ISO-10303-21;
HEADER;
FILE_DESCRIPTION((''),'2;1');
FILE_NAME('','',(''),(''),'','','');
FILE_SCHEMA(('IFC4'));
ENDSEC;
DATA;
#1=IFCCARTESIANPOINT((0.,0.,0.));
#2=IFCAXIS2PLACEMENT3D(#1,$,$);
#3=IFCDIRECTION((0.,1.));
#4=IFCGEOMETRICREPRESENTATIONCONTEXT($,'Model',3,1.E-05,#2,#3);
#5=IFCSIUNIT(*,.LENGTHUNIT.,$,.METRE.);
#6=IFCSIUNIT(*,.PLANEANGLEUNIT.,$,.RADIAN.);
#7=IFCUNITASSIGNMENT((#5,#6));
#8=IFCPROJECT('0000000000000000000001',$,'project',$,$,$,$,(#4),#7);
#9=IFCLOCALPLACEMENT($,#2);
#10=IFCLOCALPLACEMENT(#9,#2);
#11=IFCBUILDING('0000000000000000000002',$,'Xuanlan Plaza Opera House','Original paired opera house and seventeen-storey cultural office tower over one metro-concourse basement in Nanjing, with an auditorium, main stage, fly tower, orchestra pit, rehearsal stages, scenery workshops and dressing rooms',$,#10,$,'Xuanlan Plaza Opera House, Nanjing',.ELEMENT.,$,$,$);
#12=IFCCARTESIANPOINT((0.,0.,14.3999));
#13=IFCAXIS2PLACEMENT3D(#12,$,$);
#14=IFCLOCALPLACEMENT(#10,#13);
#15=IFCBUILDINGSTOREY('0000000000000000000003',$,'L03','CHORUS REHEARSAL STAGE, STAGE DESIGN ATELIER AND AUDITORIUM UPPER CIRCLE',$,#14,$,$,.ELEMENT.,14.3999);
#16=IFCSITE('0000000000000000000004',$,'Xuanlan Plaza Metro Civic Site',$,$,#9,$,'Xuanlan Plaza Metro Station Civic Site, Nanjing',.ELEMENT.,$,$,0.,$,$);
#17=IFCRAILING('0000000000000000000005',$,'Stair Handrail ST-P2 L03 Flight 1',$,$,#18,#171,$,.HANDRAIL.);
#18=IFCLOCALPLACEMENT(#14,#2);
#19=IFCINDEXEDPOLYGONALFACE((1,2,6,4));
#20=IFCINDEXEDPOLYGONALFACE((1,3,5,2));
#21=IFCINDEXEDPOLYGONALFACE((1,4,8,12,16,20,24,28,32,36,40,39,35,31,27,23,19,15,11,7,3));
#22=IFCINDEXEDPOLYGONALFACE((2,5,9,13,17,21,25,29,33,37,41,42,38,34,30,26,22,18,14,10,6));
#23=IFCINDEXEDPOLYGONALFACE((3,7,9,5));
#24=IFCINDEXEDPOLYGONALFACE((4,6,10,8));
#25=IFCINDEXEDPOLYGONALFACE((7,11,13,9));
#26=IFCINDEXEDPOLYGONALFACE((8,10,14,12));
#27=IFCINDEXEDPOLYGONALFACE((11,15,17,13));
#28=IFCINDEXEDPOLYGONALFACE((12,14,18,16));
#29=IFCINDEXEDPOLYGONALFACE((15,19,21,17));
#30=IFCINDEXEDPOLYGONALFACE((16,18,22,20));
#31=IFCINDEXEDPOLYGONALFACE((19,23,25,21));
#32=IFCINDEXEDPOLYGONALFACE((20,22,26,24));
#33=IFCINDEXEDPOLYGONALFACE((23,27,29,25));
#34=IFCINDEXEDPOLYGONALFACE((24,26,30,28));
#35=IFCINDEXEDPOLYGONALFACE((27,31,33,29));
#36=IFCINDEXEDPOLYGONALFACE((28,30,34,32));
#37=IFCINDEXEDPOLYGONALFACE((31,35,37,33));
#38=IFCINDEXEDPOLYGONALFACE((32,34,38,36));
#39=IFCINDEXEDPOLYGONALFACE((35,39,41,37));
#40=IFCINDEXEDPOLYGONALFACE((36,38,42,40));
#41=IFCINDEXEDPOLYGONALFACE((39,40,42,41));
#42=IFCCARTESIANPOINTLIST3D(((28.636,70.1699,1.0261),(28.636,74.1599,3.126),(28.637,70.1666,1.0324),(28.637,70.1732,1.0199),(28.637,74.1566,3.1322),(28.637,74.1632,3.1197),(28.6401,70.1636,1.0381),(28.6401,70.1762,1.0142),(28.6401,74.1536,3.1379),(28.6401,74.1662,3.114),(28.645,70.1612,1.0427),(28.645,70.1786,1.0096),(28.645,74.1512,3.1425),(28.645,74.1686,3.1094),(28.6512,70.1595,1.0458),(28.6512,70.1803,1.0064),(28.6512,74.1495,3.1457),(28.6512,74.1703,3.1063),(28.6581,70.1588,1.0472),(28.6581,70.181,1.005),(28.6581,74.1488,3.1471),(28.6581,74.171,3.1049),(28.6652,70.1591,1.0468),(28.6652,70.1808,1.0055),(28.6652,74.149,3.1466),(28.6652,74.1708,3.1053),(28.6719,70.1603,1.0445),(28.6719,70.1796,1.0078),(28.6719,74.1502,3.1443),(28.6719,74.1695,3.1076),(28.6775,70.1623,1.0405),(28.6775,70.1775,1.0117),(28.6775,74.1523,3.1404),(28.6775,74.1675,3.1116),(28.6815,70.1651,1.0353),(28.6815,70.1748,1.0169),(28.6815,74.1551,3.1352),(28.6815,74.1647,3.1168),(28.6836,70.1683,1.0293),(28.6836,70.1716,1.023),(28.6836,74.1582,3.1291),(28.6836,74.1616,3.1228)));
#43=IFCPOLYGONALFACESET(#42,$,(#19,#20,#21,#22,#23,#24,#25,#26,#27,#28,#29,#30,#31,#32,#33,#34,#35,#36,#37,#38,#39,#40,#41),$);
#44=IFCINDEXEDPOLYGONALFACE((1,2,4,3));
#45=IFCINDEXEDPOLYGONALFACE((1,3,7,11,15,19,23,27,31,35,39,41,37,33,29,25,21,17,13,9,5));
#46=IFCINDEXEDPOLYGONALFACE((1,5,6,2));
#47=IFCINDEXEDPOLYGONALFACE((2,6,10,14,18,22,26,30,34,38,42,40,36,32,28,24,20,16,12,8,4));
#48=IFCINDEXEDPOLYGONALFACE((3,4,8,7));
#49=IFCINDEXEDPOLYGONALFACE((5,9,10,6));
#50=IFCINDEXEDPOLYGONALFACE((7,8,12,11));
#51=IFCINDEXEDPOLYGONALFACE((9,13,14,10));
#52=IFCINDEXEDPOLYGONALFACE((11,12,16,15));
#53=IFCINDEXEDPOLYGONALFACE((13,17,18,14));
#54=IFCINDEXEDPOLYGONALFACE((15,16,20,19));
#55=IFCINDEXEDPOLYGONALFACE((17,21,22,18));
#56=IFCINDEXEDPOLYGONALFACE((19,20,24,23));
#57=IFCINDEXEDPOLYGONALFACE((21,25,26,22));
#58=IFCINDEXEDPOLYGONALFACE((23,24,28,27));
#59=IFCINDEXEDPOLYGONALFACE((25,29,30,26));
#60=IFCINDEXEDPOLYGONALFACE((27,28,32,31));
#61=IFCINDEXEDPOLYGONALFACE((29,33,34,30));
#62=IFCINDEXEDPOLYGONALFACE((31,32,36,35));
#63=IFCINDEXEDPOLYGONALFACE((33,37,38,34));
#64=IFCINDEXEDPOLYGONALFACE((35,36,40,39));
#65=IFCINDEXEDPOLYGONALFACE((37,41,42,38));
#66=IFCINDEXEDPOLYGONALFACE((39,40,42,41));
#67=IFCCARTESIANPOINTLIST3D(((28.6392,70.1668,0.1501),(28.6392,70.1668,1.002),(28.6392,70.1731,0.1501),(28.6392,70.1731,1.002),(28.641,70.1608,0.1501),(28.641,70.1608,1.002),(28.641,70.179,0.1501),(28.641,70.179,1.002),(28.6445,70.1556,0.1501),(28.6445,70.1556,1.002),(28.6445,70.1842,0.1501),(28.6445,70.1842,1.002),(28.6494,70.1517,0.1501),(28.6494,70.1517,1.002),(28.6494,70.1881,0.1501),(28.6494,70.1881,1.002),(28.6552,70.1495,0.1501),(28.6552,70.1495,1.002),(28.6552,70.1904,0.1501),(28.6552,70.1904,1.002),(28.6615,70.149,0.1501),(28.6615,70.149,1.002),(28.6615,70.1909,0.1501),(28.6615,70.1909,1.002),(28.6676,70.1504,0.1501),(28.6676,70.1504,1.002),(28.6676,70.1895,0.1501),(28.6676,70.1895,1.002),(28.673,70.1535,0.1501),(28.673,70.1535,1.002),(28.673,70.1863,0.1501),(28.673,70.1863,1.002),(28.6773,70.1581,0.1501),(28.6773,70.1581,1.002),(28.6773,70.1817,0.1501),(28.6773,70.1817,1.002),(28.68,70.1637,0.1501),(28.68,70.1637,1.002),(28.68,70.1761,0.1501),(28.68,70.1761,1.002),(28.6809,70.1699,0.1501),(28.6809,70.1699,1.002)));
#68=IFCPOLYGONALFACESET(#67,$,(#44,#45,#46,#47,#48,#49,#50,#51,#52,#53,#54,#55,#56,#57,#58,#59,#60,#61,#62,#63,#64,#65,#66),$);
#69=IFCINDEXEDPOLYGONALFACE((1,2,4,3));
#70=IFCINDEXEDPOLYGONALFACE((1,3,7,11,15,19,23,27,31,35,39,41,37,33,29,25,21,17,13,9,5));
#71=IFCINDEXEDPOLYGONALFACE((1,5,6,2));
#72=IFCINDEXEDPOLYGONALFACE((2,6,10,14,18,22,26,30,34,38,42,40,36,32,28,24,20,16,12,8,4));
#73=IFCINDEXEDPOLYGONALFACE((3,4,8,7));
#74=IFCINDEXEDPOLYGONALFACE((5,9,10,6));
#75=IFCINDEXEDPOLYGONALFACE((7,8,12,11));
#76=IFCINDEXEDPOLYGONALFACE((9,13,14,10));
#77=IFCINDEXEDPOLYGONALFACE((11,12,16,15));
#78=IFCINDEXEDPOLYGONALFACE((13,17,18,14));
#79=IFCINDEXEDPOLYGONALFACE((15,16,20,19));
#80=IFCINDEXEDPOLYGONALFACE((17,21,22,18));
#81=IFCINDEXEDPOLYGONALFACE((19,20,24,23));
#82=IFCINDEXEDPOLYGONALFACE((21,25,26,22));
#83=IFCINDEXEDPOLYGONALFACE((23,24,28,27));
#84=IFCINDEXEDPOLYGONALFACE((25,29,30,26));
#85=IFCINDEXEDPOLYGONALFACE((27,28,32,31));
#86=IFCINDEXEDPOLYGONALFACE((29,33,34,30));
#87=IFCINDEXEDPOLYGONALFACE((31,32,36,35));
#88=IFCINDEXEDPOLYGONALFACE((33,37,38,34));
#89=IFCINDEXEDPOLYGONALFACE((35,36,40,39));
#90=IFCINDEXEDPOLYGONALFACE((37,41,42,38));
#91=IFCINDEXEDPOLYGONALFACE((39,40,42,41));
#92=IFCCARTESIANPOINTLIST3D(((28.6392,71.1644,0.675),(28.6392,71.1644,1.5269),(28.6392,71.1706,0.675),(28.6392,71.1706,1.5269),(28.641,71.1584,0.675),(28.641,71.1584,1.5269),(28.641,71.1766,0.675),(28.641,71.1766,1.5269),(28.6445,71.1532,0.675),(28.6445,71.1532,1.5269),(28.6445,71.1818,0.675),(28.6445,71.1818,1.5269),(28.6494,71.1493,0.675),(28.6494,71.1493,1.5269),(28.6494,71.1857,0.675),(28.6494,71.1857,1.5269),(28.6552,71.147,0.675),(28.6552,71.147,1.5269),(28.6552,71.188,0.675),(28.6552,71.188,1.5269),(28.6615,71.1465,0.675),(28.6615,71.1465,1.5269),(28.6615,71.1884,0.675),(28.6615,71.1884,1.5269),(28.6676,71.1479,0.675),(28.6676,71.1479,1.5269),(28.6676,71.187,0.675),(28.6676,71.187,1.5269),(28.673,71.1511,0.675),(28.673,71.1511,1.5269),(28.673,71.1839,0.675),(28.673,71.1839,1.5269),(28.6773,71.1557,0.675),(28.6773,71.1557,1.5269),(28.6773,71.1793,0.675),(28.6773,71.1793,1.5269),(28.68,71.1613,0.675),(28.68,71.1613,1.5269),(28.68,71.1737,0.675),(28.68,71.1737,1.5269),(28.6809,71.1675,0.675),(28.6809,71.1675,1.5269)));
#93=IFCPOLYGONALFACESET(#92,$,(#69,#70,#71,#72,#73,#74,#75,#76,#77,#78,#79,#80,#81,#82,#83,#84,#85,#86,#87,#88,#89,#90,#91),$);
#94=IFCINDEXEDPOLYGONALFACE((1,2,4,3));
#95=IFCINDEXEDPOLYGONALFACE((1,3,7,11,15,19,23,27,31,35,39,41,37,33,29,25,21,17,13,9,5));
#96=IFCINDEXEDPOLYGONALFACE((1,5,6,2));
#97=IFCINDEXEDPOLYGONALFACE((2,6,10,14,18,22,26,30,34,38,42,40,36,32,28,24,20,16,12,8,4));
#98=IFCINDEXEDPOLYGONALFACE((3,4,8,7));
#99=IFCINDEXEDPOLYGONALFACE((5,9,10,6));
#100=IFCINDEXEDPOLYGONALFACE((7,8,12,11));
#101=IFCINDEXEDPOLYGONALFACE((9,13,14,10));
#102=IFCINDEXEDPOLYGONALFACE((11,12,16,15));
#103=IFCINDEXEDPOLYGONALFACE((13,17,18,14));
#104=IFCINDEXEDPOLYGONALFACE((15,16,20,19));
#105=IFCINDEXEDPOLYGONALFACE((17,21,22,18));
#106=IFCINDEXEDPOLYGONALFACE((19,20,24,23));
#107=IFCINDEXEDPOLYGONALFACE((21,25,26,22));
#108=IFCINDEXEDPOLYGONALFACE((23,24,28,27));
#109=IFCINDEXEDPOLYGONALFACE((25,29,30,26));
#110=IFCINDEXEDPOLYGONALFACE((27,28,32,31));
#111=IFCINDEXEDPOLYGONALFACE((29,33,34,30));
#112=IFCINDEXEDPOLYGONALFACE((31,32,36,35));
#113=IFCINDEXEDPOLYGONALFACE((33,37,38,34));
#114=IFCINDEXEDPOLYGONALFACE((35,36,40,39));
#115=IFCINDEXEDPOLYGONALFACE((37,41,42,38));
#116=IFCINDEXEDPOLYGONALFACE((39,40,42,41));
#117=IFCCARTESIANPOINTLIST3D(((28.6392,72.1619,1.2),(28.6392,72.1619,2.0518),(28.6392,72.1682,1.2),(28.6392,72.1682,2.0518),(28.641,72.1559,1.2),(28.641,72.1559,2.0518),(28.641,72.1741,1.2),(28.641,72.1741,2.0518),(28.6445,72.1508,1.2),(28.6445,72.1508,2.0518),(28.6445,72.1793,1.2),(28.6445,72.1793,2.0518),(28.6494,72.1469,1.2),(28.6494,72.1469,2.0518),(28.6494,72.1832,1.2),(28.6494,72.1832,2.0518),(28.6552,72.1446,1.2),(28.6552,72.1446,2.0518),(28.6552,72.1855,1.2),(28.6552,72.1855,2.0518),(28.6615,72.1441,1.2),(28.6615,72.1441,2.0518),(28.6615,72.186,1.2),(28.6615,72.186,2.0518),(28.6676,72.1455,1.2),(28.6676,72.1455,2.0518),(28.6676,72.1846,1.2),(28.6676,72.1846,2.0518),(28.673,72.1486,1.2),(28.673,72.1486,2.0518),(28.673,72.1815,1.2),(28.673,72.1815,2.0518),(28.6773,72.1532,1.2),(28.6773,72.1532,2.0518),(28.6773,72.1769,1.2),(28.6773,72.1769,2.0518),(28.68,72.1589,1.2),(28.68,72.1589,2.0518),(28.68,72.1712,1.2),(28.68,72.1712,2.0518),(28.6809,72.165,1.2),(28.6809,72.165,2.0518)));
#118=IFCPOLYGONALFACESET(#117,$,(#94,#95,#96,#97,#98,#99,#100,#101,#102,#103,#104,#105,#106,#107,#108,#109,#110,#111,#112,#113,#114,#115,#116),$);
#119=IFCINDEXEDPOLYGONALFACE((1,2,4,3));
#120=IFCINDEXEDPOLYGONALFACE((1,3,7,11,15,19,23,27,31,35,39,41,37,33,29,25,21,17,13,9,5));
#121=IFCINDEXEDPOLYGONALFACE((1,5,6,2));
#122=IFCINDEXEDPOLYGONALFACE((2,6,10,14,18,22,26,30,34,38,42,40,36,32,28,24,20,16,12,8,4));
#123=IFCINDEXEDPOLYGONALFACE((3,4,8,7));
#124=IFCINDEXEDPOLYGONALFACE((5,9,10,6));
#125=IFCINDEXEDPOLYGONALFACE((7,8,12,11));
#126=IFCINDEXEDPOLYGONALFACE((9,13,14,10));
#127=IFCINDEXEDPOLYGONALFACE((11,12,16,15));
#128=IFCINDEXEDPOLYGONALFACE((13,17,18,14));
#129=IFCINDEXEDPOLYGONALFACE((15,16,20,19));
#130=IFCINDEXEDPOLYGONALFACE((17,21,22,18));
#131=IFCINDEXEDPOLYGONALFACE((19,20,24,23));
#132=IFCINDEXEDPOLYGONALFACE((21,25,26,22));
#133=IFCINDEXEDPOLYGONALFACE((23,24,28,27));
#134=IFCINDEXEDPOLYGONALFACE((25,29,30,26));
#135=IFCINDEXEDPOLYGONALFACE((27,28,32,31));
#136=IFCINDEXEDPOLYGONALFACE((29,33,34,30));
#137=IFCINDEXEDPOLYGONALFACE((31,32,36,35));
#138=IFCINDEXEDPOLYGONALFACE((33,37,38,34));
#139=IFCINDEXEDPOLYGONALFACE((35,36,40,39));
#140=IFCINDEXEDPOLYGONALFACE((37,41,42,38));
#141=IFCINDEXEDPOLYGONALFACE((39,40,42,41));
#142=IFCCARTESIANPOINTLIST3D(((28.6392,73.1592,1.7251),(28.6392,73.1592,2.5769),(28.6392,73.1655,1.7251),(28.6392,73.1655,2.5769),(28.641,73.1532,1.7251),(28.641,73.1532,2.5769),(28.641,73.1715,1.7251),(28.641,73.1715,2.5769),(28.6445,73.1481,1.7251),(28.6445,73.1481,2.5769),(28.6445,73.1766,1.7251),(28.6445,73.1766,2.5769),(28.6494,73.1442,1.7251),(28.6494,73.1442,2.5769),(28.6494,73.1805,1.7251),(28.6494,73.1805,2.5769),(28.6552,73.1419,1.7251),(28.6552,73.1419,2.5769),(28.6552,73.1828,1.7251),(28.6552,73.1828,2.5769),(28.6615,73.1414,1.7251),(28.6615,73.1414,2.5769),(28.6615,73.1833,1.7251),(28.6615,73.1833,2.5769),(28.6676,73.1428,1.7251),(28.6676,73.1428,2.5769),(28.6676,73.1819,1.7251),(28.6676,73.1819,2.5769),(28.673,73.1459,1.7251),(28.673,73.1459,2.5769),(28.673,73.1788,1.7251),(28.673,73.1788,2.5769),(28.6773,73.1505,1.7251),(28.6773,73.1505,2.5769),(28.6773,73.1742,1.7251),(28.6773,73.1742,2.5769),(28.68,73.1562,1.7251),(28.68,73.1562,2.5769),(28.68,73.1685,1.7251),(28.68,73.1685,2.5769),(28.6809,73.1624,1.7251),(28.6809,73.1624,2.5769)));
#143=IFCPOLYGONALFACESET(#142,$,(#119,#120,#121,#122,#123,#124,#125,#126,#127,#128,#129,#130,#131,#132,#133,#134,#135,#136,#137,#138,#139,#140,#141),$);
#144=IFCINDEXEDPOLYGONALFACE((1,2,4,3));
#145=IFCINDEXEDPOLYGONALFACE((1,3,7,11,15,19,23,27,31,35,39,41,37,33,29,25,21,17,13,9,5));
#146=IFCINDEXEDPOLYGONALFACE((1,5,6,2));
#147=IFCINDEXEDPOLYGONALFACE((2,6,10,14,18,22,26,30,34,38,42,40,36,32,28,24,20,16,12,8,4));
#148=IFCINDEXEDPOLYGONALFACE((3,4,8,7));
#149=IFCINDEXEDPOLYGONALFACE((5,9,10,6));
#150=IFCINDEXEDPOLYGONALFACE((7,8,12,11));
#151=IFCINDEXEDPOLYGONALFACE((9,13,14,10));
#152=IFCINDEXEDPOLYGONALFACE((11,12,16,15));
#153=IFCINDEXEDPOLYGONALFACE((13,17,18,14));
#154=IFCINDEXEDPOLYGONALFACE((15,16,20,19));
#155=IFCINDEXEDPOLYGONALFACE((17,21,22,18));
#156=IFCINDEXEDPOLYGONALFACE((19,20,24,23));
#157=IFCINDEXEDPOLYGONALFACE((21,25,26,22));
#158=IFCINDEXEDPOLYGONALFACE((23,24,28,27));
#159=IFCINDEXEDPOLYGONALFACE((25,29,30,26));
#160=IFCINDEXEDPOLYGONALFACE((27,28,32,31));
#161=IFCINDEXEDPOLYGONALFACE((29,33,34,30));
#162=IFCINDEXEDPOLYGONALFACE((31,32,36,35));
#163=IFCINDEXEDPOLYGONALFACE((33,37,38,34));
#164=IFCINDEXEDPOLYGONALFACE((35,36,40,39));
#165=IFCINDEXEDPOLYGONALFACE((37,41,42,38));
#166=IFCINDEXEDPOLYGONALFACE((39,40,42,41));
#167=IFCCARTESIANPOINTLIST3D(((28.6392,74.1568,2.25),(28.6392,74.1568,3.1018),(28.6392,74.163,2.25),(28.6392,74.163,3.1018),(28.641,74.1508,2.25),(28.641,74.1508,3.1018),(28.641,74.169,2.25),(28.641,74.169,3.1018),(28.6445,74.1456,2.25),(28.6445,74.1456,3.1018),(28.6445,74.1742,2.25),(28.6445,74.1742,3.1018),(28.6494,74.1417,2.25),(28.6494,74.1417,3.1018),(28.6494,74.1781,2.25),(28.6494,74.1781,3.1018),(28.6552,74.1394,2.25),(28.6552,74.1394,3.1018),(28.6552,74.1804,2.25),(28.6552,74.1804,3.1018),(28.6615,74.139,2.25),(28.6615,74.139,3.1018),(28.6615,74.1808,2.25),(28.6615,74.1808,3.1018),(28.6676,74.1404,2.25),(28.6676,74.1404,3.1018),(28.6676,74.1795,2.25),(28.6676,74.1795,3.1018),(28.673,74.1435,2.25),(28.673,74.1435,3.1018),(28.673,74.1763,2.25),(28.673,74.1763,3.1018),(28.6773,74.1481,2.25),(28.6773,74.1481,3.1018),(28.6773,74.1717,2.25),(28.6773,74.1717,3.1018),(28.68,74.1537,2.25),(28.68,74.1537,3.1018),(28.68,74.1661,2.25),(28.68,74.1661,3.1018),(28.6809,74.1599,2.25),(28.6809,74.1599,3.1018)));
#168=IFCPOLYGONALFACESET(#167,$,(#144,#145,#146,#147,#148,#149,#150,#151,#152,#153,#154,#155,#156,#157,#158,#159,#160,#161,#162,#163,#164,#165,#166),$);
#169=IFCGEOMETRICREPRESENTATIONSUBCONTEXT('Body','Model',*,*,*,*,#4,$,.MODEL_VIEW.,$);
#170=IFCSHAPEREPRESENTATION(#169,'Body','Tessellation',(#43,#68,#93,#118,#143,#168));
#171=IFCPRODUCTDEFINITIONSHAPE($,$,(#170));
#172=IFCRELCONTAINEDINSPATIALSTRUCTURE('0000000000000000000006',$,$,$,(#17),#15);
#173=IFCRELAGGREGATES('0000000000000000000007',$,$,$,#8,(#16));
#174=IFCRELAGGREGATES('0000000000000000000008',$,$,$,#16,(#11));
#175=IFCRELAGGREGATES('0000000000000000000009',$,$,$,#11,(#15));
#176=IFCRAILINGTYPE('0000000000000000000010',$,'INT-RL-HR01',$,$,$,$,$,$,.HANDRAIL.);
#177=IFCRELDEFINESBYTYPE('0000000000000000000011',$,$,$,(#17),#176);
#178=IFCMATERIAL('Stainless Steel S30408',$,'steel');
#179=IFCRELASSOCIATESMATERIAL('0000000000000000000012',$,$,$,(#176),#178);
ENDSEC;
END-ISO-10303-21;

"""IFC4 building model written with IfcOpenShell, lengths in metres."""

from ifc_helpers import new_model, si_unit, direction, frame, origin, origin_2d, place, context, subcontext, project, spatial, circle, extrude, material, type_object, element, save


model = new_model("IFC4")

# Units and contexts
model_context = context("Model", 3, precision=1e-05, world=origin(), true_north=direction((0.0, 1.0)))
body_context = subcontext(model_context, "Body", "Model", "MODEL_VIEW")
ifc_project = project(units=[si_unit("LENGTHUNIT", "METRE"), si_unit("PLANEANGLEUNIT", "RADIAN")], contexts=[model_context])

# Site, building, storey
site_placement = place(None, origin())
site = spatial("IfcSite", under=ifc_project, at=site_placement, Name="Xuanlan Plaza Metro Civic Site", LongName="Xuanlan Plaza Metro Station Civic Site, Nanjing", CompositionType="ELEMENT", RefElevation=0.0)
building_placement = place(site_placement, origin())
building = spatial("IfcBuilding", under=site, at=building_placement, Name="Xuanlan Plaza Opera House", Description="Original paired opera house and seventeen-storey cultural office tower over one metro-concourse basement in Nanjing, with an auditorium, main stage, fly tower, orchestra pit, rehearsal stages, scenery workshops and dressing rooms", LongName="Xuanlan Plaza Opera House, Nanjing", CompositionType="ELEMENT")
storey_placement = place(building_placement, frame((0.0, 0.0, 14.3999)))
storey = spatial("IfcBuildingStorey", under=building, at=storey_placement, Name="L03", Description="CHORUS REHEARSAL STAGE, STAGE DESIGN ATELIER AND AUDITORIUM UPPER CIRCLE", CompositionType="ELEMENT", Elevation=14.3999)

# Railing
ifc_material_1 = material(Name="Stainless Steel S30408", Category="steel")
railing_type = type_object("IfcRailingType", Name="INT-RL-HR01", PredefinedType="HANDRAIL", material=ifc_material_1)
for number, where, name in (
    (1, (28.6599, 70.1699, 0.1501), "Stair Handrail ST-P2 L03 Flight 1"),
):
    element("IfcRailing", number, at=place(storey_placement, frame(where)), inside=storey, type_object=railing_type, Name=name, PredefinedType="HANDRAIL", context=body_context, shape_type="SweptSolid", body=[
        extrude(circle(Radius=0.0239, at=origin_2d()), frame((0.0, 0.0, 0.876), z_axis=(0.0, 0.884931, 0.465722), x_axis=(-1.0, 0.0, 0.0)), (0.0, 0.0, 1.0), 4.5088),
        extrude(circle(Radius=0.021, at=origin_2d()), origin(), (0.0, 0.0, 1.0), 0.8518),
        extrude(circle(Radius=0.021, at=origin_2d()), frame((0.0, 0.9976, 0.5249)), (0.0, 0.0, 1.0), 0.8518),
        extrude(circle(Radius=0.021, at=origin_2d()), frame((0.0, 1.9951, 1.0498)), (0.0, 0.0, 1.0), 0.8518),
        extrude(circle(Radius=0.021, at=origin_2d()), frame((0.0, 2.9924, 1.575)), (0.0, 0.0, 1.0), 0.8518),
        extrude(circle(Radius=0.021, at=origin_2d()), frame((0.0, 3.99, 2.0999)), (0.0, 0.0, 1.0), 0.8518),
    ])

save(model, "model.ifc")
